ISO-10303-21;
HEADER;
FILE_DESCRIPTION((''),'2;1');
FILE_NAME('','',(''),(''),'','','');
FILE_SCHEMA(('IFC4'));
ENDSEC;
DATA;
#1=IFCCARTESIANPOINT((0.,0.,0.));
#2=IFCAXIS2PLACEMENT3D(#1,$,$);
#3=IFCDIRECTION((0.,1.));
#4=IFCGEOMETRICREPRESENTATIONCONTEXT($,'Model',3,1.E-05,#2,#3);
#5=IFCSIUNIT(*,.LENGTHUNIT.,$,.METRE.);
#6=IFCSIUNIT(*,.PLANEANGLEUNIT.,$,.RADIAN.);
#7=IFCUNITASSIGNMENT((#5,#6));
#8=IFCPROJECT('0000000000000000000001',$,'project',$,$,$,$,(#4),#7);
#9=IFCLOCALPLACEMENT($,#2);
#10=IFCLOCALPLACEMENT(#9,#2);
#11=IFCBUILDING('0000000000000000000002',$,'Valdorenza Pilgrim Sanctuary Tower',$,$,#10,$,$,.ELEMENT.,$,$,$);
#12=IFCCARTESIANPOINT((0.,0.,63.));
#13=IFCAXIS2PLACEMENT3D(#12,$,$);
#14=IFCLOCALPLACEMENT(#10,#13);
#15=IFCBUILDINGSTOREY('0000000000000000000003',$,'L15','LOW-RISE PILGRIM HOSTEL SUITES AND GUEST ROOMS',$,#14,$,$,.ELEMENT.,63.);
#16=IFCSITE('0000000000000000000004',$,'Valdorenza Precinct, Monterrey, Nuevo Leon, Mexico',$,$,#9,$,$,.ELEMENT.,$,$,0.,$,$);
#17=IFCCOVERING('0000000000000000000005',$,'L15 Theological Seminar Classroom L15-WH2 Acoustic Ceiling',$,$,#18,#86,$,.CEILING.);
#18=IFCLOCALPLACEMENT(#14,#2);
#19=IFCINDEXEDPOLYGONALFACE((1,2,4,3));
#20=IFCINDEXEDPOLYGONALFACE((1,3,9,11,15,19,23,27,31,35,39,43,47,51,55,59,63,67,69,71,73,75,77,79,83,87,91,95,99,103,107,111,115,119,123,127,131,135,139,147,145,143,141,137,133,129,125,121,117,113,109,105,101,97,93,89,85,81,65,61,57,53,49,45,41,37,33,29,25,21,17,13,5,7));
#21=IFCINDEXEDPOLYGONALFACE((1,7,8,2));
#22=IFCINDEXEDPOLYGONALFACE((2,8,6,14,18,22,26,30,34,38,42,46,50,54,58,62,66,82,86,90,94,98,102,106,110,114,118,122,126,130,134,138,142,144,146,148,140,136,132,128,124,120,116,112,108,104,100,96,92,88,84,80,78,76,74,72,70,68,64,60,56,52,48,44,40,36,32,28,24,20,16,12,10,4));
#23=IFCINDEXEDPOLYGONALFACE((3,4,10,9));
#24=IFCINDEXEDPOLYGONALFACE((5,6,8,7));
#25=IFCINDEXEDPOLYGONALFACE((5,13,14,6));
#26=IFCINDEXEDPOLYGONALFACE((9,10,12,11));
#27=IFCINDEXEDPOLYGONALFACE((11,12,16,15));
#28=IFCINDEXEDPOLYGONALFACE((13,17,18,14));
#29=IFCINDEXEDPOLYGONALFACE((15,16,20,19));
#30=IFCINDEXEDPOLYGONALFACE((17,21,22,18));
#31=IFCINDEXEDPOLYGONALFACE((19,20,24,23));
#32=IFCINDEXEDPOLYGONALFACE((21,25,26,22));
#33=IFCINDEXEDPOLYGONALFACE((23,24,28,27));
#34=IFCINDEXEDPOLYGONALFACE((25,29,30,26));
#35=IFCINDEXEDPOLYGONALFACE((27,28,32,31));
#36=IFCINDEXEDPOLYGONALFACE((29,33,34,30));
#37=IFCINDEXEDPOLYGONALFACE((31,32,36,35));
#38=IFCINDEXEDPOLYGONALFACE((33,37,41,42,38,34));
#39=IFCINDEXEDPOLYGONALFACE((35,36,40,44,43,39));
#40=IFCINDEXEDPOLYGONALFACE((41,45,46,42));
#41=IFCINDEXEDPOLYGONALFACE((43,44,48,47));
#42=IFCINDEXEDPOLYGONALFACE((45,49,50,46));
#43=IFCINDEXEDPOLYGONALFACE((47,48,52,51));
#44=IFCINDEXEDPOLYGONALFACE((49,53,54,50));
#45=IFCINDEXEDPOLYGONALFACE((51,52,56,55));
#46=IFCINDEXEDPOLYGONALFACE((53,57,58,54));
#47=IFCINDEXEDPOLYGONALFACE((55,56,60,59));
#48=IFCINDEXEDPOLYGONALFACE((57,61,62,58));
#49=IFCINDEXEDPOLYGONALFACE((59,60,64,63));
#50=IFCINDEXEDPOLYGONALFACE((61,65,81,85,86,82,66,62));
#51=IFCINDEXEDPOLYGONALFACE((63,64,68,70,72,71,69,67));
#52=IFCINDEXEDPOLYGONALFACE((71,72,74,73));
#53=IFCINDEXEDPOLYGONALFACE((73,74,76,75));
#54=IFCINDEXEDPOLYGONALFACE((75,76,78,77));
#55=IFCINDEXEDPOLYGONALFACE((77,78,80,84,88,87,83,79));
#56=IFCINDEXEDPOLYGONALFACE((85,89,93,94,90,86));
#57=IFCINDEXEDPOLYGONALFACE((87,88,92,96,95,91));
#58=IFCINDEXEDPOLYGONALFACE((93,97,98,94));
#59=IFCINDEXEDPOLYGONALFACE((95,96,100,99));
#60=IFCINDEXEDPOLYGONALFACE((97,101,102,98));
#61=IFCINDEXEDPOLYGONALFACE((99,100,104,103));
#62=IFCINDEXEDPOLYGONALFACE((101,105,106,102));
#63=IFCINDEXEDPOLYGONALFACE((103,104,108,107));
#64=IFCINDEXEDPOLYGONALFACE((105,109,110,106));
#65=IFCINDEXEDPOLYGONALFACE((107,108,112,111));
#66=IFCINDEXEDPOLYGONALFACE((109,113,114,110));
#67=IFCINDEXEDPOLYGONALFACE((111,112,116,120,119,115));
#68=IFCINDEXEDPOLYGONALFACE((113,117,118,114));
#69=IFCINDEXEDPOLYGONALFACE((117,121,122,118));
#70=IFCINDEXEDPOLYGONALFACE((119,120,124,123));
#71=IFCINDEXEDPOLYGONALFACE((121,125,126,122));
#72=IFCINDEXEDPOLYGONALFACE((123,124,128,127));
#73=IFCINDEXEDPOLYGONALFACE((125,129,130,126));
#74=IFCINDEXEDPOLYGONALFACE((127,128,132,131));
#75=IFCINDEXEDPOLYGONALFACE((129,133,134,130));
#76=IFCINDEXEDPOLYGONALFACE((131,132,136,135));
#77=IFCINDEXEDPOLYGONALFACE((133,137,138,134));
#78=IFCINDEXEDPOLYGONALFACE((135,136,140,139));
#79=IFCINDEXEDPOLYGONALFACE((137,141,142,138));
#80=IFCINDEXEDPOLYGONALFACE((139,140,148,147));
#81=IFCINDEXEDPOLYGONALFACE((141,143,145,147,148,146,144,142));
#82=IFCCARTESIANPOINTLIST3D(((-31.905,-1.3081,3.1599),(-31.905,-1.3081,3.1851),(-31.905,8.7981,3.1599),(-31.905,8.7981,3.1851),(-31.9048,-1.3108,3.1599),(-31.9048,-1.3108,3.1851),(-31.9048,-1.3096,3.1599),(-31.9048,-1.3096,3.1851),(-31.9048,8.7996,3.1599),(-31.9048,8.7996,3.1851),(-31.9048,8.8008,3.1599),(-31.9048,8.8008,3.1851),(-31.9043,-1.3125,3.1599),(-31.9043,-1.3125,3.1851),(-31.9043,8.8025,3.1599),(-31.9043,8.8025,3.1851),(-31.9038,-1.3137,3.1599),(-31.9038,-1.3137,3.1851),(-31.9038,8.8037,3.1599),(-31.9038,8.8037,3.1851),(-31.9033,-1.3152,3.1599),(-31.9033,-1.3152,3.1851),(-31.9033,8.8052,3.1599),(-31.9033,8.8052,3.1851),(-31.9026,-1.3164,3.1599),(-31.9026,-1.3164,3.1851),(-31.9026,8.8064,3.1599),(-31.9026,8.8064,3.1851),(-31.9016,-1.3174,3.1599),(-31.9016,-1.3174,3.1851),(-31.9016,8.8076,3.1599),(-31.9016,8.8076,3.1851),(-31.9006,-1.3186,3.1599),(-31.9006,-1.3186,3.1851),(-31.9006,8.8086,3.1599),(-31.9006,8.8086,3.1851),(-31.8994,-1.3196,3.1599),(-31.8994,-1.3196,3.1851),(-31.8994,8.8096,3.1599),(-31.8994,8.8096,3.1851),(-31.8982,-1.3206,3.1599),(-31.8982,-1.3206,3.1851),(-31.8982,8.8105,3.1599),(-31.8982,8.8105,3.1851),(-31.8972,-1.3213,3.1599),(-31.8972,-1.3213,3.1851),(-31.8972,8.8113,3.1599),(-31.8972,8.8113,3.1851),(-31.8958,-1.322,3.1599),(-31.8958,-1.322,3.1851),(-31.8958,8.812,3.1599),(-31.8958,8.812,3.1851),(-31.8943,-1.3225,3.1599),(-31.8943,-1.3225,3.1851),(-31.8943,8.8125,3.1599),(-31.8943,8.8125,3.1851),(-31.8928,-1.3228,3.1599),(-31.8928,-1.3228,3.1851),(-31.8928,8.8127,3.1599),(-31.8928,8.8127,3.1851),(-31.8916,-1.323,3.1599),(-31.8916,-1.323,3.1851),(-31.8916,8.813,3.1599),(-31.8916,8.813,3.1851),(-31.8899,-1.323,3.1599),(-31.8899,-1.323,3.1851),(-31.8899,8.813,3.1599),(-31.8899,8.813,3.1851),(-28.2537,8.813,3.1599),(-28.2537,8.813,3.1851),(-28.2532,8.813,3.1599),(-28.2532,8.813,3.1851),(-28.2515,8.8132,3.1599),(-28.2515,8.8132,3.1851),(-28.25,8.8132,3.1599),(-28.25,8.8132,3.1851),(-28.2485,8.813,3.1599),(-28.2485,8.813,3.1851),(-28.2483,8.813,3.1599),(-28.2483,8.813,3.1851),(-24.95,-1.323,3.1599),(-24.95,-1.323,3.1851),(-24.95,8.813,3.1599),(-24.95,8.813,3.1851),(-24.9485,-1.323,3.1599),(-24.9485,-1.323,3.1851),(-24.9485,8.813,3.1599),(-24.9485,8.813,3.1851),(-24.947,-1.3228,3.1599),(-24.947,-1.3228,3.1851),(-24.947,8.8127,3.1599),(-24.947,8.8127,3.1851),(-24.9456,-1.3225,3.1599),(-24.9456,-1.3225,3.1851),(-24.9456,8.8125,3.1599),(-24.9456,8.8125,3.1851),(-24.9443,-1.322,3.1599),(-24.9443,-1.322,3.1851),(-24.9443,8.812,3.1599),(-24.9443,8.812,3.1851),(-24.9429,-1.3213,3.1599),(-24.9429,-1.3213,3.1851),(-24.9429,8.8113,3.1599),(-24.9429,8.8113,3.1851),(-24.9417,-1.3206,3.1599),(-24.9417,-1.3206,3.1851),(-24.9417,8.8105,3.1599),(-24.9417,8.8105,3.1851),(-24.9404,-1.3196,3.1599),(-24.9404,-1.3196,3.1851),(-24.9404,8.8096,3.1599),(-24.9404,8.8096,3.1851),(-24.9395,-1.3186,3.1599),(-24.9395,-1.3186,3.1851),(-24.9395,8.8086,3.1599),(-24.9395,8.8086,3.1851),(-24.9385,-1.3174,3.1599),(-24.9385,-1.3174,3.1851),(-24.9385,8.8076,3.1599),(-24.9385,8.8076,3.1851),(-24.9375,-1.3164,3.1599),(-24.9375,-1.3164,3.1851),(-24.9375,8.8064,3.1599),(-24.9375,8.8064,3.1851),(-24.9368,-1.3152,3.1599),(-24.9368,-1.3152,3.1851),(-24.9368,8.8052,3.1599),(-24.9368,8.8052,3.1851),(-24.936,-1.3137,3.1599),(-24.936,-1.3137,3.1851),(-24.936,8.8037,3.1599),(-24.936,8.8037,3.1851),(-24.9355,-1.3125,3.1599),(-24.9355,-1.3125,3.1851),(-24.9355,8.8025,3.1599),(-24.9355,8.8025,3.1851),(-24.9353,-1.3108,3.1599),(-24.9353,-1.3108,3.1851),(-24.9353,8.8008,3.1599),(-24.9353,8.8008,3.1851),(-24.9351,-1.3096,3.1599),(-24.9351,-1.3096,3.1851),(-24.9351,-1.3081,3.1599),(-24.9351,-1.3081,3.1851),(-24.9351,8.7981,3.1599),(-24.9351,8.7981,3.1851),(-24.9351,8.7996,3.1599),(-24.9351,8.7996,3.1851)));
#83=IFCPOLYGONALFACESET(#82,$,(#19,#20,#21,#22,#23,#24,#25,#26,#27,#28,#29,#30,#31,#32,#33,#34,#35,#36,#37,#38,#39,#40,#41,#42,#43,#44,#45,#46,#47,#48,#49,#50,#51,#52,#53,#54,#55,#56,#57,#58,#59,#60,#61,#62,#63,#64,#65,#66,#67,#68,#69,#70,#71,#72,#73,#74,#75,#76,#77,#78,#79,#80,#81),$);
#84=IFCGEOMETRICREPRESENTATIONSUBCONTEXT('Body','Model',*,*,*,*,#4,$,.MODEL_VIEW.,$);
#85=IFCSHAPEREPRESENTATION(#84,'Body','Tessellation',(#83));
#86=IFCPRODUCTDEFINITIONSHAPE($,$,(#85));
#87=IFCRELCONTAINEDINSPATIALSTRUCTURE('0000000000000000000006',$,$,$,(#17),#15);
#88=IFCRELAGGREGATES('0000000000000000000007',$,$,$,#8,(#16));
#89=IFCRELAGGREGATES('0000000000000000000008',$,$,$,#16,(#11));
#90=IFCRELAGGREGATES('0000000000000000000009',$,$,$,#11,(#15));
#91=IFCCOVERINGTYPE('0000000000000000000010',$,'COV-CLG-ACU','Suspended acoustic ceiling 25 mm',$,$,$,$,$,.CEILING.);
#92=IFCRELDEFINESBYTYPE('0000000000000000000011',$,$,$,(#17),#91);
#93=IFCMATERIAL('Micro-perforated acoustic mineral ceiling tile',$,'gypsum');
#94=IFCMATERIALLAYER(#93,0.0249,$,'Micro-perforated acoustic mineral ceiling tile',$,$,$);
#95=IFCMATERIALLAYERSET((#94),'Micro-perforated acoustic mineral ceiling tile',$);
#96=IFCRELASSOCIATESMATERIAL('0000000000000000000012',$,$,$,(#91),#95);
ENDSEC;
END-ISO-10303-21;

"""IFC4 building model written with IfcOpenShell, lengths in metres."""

from ifc_helpers import new_model, si_unit, direction, frame, origin, place, context, subcontext, project, spatial, polyline, outline, extrude, material, layer, layer_set, type_object, element, save


model = new_model("IFC4")

# Units and contexts
model_context = context("Model", 3, precision=1e-05, world=origin(), true_north=direction((0.0, 1.0)))
body_context = subcontext(model_context, "Body", "Model", "MODEL_VIEW")
ifc_project = project(units=[si_unit("LENGTHUNIT", "METRE"), si_unit("PLANEANGLEUNIT", "RADIAN")], contexts=[model_context])

# Site, building, storey
site_placement = place(None, origin())
site = spatial("IfcSite", under=ifc_project, at=site_placement, Name="Valdorenza Precinct, Monterrey, Nuevo Leon, Mexico", CompositionType="ELEMENT", RefElevation=0.0)
building_placement = place(site_placement, origin())
building = spatial("IfcBuilding", under=site, at=building_placement, Name="Valdorenza Pilgrim Sanctuary Tower", CompositionType="ELEMENT")
storey_placement = place(building_placement, frame((0.0, 0.0, 63.0)))
storey = spatial("IfcBuildingStorey", under=building, at=storey_placement, Name="L15", Description="LOW-RISE PILGRIM HOSTEL SUITES AND GUEST ROOMS", CompositionType="ELEMENT", Elevation=63.0)

# Covering
ifc_material_1 = material(Name="Micro-perforated acoustic mineral ceiling tile", Category="gypsum")
ifc_layer_1 = layer(ifc_material_1, 0.0249, Name="Micro-perforated acoustic mineral ceiling tile")
ifc_layer_set_1 = layer_set([ifc_layer_1], Name="Micro-perforated acoustic mineral ceiling tile")
covering_type_1 = type_object("IfcCoveringType", Name="COV-CLG-ACU", Description="Suspended acoustic ceiling 25 mm", PredefinedType="CEILING", material=ifc_layer_set_1)
covering_1_placement = place(storey_placement, frame((0.0, 0.0, 3.1599)))
element("IfcCovering", 1, at=covering_1_placement, inside=storey, type_object=covering_type_1, Name="L15 Theological Seminar Classroom L15-WH2 Acoustic Ceiling", PredefinedType="CEILING", context=body_context, shape_type="SweptSolid", body=[
    extrude(outline(polyline([(-28.2537, 8.813), (-28.2532, 8.813), (-28.2515, 8.8132), (-28.25, 8.8132), (-28.2485, 8.813), (-28.2483, 8.813), (-24.95, 8.813), (-24.9485, 8.813), (-24.947, 8.8127), (-24.9456, 8.8125), (-24.9443, 8.812), (-24.9429, 8.8113), (-24.9417, 8.8105), (-24.9404, 8.8096), (-24.9395, 8.8086), (-24.9385, 8.8076), (-24.9375, 8.8064), (-24.9368, 8.8052), (-24.936, 8.8037), (-24.9355, 8.8025), (-24.9353, 8.8008), (-24.9351, 8.7996), (-24.9351, 8.7981), (-24.9351, -1.3081), (-24.9351, -1.3096), (-24.9353, -1.3108), (-24.9355, -1.3125), (-24.936, -1.3137), (-24.9368, -1.3152), (-24.9375, -1.3164), (-24.9385, -1.3174), (-24.9395, -1.3186), (-24.9404, -1.3196), (-24.9417, -1.3206), (-24.9429, -1.3213), (-24.9443, -1.322), (-24.9456, -1.3225), (-24.947, -1.3228), (-24.9485, -1.323), (-24.95, -1.323), (-31.8899, -1.323), (-31.8916, -1.323), (-31.8928, -1.3228), (-31.8943, -1.3225), (-31.8958, -1.322), (-31.8972, -1.3213), (-31.8982, -1.3206), (-31.8994, -1.3196), (-31.9006, -1.3186), (-31.9016, -1.3174), (-31.9026, -1.3164), (-31.9033, -1.3152), (-31.9038, -1.3137), (-31.9043, -1.3125), (-31.9048, -1.3108), (-31.9048, -1.3096), (-31.905, -1.3081), (-31.905, 8.7981), (-31.9048, 8.7996), (-31.9048, 8.8008), (-31.9043, 8.8025), (-31.9038, 8.8037), (-31.9033, 8.8052), (-31.9026, 8.8064), (-31.9016, 8.8076), (-31.9006, 8.8086), (-31.8994, 8.8096), (-31.8982, 8.8105), (-31.8972, 8.8113), (-31.8958, 8.812), (-31.8943, 8.8125), (-31.8928, 8.8127), (-31.8916, 8.813), (-31.8899, 8.813), (-28.2537, 8.813)])), origin(), (0.0, 0.0, 1.0), 0.0251),
])

save(model, "model.ifc")
